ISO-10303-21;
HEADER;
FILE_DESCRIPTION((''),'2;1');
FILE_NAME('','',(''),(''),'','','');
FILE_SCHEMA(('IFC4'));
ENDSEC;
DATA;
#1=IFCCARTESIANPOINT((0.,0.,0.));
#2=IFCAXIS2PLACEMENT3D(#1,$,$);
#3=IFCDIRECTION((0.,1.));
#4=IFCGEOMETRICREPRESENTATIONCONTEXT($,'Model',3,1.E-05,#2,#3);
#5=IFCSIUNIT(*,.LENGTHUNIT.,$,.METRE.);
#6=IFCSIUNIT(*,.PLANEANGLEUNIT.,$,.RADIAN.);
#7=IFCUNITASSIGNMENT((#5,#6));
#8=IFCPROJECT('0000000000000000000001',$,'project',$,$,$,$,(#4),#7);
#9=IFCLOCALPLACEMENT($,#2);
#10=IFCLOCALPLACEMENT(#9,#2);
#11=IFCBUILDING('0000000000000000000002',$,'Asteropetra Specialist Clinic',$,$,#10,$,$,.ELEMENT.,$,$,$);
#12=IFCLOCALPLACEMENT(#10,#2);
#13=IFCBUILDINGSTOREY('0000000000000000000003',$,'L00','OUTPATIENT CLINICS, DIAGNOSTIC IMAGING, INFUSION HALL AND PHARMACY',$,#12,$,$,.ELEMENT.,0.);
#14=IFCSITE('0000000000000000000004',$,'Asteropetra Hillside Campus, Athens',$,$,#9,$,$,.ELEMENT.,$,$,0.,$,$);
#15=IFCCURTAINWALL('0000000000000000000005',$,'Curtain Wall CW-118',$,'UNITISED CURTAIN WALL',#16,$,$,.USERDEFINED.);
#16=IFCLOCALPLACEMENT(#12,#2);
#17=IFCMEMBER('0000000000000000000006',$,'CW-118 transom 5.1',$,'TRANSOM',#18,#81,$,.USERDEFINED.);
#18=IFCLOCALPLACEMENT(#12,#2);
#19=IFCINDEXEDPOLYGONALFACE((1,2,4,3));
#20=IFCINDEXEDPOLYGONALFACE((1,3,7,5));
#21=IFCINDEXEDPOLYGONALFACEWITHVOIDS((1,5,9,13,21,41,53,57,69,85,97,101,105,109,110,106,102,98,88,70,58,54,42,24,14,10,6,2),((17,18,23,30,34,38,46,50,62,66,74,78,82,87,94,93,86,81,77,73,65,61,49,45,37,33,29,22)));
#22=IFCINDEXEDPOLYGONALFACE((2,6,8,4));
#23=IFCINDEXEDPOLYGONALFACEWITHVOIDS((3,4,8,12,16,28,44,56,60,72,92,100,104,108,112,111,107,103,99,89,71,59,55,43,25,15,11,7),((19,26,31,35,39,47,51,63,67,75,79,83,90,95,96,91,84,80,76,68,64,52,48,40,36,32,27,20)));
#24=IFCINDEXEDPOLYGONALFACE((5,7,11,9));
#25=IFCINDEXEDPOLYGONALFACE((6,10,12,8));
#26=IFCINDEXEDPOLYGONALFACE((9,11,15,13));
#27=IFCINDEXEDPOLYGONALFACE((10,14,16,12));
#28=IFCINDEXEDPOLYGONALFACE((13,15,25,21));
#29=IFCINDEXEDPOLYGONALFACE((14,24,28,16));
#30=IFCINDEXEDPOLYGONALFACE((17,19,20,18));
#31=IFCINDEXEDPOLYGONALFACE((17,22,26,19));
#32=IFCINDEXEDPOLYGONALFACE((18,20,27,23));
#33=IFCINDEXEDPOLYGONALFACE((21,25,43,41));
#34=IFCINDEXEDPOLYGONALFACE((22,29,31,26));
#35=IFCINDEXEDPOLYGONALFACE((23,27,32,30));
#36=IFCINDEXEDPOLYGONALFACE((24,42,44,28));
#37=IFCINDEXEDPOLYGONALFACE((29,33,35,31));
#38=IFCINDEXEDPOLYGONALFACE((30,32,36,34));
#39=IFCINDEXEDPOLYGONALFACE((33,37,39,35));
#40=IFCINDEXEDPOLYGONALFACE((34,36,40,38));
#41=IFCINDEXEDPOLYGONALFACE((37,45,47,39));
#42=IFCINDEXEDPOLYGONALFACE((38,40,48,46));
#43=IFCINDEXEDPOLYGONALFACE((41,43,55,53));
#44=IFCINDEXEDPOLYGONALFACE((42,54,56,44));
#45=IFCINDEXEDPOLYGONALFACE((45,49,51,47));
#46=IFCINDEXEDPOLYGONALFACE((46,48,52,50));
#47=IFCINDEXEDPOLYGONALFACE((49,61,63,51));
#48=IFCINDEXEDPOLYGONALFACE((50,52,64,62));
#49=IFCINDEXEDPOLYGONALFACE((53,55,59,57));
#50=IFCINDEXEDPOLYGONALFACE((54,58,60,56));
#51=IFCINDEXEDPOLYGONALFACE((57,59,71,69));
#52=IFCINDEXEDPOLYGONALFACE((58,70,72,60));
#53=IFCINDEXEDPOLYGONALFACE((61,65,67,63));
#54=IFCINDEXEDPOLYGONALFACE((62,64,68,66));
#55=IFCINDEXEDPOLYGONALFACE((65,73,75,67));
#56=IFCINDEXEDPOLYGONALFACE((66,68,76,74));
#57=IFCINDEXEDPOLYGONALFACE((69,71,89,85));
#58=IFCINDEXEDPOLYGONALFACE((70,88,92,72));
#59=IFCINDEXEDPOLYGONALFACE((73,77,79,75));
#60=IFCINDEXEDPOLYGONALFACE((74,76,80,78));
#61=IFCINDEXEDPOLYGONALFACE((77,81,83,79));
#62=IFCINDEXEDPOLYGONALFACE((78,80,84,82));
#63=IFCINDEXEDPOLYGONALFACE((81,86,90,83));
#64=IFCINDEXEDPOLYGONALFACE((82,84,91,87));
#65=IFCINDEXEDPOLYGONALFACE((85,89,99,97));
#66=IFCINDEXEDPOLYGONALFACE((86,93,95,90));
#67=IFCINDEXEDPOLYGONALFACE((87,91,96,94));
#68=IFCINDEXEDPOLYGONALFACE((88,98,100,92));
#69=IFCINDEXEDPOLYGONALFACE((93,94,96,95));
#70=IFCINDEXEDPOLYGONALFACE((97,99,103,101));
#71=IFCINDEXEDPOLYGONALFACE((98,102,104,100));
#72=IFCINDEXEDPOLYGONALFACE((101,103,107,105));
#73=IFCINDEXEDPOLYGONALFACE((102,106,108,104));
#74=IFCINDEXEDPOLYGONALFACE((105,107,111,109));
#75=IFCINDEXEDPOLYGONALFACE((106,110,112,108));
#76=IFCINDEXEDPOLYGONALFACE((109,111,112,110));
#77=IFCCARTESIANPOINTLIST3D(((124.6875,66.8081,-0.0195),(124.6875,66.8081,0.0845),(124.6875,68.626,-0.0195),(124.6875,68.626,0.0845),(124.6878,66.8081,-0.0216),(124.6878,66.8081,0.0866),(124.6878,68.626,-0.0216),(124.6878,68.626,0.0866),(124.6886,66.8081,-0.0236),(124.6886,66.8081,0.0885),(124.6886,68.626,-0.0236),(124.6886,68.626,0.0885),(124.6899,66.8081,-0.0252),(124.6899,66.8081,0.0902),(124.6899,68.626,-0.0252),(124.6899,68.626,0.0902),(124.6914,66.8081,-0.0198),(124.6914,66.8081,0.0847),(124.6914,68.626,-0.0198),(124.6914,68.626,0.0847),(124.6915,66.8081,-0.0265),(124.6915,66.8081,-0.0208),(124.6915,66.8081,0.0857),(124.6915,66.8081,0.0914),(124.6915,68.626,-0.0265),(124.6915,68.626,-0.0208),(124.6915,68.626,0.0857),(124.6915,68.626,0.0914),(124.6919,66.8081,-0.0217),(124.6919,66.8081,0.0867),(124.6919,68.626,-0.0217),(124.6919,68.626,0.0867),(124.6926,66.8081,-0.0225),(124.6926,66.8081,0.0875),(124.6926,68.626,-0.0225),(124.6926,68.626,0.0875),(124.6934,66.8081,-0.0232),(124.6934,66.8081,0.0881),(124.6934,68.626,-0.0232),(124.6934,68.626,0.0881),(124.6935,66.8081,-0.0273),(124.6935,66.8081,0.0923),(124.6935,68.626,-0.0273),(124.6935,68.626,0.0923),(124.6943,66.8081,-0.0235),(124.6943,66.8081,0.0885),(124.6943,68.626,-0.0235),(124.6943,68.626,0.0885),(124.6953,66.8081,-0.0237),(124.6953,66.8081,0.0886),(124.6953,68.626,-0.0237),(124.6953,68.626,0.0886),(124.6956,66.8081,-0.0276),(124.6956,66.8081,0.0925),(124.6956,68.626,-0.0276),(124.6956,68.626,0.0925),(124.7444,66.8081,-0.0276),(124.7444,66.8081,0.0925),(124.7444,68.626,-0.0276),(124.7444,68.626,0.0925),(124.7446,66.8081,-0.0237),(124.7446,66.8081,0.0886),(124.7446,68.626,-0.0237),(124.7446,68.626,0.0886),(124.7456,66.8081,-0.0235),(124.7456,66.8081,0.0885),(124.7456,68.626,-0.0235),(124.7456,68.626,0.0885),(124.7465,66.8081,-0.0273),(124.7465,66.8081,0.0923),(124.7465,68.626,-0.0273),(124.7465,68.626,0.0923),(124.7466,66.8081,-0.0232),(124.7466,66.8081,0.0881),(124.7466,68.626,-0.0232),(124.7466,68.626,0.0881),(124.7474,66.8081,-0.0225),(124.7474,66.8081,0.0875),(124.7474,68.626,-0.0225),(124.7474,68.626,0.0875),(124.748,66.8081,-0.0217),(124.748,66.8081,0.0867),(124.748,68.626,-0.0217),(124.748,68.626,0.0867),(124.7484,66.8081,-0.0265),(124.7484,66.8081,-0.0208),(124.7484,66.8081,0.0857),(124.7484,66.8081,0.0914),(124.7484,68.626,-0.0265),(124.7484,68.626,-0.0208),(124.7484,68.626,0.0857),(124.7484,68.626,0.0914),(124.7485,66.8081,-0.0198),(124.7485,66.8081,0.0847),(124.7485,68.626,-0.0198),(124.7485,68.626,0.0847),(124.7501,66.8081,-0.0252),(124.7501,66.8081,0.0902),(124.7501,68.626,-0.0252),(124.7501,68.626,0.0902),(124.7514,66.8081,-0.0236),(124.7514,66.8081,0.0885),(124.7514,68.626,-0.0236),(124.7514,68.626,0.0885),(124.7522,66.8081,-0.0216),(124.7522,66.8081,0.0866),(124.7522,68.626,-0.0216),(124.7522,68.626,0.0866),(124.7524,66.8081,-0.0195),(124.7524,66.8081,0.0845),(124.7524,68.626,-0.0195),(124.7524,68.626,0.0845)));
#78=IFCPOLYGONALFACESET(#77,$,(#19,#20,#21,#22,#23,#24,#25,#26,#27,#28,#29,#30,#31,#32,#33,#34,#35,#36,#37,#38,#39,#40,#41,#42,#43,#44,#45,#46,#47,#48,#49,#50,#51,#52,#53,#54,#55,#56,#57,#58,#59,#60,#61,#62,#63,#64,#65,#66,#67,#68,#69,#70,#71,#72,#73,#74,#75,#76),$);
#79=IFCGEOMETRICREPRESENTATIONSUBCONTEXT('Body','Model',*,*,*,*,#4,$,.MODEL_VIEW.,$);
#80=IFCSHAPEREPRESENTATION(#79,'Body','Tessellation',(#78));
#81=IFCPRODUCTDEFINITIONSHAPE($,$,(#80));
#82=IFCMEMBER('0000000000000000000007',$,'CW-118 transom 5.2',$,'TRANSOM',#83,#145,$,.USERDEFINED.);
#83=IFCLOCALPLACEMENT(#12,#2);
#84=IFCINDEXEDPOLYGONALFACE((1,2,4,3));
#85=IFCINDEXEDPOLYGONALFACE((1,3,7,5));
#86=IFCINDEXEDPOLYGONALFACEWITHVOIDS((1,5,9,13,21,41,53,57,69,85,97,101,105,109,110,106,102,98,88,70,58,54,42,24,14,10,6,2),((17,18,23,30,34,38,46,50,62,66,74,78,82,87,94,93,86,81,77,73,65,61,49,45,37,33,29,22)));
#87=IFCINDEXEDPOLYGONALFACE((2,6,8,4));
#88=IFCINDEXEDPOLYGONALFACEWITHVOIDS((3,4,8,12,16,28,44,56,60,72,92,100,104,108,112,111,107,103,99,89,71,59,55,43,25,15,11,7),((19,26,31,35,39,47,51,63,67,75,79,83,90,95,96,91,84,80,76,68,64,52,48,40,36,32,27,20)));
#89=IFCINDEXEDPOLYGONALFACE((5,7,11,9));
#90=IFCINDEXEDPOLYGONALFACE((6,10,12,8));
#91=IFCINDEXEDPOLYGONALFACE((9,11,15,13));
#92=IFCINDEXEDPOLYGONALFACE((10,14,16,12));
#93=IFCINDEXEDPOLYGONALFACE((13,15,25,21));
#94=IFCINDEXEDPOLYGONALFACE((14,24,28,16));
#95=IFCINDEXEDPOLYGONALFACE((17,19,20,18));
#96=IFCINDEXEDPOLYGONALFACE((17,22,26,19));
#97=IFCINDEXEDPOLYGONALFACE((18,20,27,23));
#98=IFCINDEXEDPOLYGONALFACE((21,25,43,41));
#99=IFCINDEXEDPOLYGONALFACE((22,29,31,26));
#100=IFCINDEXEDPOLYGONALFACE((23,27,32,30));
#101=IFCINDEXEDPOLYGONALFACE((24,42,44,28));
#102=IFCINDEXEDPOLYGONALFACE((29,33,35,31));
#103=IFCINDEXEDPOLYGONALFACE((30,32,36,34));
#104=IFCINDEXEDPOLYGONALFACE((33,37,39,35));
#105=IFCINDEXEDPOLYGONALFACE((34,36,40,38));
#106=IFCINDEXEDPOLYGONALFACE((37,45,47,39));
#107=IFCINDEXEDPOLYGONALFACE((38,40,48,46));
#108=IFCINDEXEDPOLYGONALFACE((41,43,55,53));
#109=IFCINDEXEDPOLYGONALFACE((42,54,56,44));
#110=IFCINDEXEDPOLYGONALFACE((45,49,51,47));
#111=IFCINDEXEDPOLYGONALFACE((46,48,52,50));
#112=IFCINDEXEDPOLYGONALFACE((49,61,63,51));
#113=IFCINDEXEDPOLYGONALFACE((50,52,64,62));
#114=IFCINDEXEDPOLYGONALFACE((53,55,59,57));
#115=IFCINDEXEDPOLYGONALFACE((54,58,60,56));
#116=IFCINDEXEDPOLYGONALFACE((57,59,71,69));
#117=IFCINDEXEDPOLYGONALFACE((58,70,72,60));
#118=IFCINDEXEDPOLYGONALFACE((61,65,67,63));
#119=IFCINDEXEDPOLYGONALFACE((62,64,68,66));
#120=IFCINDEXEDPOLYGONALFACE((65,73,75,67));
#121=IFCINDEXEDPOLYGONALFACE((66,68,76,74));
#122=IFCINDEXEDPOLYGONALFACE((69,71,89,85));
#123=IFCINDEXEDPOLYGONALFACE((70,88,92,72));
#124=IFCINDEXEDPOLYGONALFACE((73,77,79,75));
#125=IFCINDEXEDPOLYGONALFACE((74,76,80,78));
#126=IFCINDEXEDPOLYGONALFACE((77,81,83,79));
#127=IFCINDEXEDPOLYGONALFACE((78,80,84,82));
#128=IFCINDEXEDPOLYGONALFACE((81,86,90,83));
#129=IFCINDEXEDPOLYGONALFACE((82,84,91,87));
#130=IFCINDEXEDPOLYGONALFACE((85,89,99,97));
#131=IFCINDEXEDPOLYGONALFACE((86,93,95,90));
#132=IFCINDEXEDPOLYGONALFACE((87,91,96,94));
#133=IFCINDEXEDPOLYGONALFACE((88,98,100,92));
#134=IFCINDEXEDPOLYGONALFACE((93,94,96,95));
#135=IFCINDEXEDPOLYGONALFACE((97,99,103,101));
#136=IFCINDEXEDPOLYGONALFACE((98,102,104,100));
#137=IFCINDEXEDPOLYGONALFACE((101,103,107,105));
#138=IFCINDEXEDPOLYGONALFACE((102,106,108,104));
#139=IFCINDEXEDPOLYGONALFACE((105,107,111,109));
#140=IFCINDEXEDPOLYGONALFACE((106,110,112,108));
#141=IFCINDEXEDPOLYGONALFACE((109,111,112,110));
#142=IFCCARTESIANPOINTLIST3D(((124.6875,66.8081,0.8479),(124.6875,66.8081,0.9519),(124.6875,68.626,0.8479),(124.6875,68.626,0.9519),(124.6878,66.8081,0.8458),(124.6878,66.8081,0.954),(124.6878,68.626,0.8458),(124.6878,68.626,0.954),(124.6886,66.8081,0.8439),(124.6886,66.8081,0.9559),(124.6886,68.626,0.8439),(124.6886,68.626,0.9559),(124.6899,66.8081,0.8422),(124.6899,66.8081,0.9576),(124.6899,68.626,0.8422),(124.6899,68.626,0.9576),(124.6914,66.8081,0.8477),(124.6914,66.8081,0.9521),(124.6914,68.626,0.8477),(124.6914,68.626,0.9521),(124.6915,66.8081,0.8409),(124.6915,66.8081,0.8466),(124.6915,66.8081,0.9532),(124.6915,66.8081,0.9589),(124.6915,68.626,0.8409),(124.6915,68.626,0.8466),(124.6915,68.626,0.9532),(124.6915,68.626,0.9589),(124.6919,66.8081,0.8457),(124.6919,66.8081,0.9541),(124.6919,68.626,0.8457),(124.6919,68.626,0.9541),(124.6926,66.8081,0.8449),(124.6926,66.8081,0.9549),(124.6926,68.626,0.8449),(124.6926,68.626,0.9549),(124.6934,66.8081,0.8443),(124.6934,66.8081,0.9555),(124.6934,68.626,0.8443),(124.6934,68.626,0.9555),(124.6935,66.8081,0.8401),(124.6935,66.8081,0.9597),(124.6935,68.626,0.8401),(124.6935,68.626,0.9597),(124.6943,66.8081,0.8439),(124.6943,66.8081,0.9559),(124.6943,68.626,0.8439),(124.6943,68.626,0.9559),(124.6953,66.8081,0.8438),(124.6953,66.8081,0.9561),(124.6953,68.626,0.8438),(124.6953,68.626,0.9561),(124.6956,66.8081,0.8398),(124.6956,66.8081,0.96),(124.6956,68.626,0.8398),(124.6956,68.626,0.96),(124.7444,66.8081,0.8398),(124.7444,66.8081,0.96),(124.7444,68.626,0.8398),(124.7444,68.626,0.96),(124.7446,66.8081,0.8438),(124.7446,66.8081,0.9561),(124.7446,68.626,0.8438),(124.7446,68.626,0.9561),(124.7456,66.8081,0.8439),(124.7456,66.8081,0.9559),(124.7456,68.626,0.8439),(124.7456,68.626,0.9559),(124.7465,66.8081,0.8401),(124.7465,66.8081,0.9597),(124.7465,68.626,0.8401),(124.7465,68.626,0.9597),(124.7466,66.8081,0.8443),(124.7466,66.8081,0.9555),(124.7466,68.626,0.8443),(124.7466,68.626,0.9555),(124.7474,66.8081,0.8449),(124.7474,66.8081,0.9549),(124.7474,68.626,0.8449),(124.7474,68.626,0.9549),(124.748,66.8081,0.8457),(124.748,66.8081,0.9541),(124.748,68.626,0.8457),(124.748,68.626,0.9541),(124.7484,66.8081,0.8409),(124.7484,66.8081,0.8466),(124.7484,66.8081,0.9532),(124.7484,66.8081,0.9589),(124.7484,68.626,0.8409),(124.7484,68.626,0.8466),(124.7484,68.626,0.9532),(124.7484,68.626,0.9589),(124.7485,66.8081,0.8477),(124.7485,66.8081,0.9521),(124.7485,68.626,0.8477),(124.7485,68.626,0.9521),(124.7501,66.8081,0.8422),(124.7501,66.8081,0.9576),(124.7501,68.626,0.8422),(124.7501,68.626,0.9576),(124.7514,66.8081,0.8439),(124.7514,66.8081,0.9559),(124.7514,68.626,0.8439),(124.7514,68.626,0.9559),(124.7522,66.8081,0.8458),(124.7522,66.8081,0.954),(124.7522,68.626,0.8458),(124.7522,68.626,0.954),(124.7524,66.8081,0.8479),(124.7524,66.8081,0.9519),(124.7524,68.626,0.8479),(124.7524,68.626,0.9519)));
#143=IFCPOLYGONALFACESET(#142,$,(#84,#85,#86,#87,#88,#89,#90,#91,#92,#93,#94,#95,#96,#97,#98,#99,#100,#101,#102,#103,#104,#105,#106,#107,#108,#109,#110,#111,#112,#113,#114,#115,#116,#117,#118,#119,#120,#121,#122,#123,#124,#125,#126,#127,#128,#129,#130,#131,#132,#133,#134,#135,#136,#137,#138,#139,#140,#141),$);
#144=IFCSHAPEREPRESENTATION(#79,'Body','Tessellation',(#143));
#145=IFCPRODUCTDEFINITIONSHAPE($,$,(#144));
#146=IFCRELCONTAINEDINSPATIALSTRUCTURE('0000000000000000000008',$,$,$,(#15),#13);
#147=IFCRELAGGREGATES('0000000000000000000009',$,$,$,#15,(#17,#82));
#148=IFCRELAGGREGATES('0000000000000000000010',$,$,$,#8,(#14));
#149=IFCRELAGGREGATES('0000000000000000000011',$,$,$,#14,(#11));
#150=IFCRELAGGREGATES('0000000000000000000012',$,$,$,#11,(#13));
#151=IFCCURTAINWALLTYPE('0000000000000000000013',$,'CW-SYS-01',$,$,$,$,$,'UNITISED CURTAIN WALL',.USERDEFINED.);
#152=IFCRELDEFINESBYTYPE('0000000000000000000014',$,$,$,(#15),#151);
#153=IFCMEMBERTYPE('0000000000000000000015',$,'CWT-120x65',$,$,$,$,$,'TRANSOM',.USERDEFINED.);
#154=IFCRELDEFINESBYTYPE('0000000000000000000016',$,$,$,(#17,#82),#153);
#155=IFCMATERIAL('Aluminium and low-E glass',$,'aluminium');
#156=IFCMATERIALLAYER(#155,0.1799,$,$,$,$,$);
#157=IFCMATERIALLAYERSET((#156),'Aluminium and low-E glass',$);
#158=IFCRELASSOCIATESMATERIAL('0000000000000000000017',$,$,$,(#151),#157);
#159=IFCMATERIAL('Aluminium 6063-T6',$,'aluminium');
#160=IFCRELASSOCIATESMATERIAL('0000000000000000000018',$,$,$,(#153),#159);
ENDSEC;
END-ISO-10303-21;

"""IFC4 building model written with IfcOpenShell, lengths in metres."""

from ifc_helpers import new_model, si_unit, direction, frame, origin, origin_2d, place, context, subcontext, project, spatial, hollow_rectangle, extrude, material, layer, layer_set, material_profile, profile_set, type_object, element, aggregate, save


model = new_model("IFC4")

# Units and contexts
model_context = context("Model", 3, precision=1e-05, world=origin(), true_north=direction((0.0, 1.0)))
body_context = subcontext(model_context, "Body", "Model", "MODEL_VIEW")
ifc_project = project(units=[si_unit("LENGTHUNIT", "METRE"), si_unit("PLANEANGLEUNIT", "RADIAN")], contexts=[model_context])

# Site, building, storey
site_placement = place(None, origin())
site = spatial("IfcSite", under=ifc_project, at=site_placement, Name="Asteropetra Hillside Campus, Athens", CompositionType="ELEMENT", RefElevation=0.0)
building_placement = place(site_placement, origin())
building = spatial("IfcBuilding", under=site, at=building_placement, Name="Asteropetra Specialist Clinic", CompositionType="ELEMENT")
storey_placement = place(building_placement, origin())
storey = spatial("IfcBuildingStorey", under=building, at=storey_placement, Name="L00", Description="OUTPATIENT CLINICS, DIAGNOSTIC IMAGING, INFUSION HALL AND PHARMACY", CompositionType="ELEMENT", Elevation=0.0)

# Curtain wall, members
ifc_material_1 = material(Name="Aluminium and low-E glass", Category="aluminium")
ifc_layer_1 = layer(ifc_material_1, 0.1799)
ifc_layer_set_1 = layer_set([ifc_layer_1], Name="Aluminium and low-E glass")
curtain_wall_type_1 = type_object("IfcCurtainWallType", Name="CW-SYS-01", ElementType="UNITISED CURTAIN WALL", PredefinedType="USERDEFINED", material=ifc_layer_set_1)
curtain_wall_1_placement = place(storey_placement, origin())
curtain_wall_1 = element("IfcCurtainWall", 1, at=curtain_wall_1_placement, inside=storey, type_object=curtain_wall_type_1, Name="Curtain Wall CW-118", ObjectType="UNITISED CURTAIN WALL", PredefinedType="USERDEFINED")
ifc_material_2 = material(Name="Aluminium 6063-T6", Category="aluminium")
ifc_material_profile_1 = material_profile(ifc_material_2, hollow_rectangle(XDim=0.0649, YDim=0.1201, WallThickness=0.0039, InnerFilletRadius=0.0039, OuterFilletRadius=0.0081, at=origin_2d()), Name="TRN 120x65x4.0")
ifc_profile_set_1 = profile_set([ifc_material_profile_1], Name="Aluminium 6063-T6")
member_type_1 = type_object("IfcMemberType", Name="CWT-120x65", ElementType="TRANSOM", PredefinedType="USERDEFINED", material=ifc_profile_set_1)
member_1_placement = place(storey_placement, frame((124.72, 68.626, 0.0325), z_axis=(0.0, -1.0, 0.0), x_axis=(1.0, 0.0, 0.0)))
member_1 = element("IfcMember", 2, at=member_1_placement, type_object=member_type_1, Name="CW-118 transom 5.1", ObjectType="TRANSOM", PredefinedType="USERDEFINED", context=body_context, shape_type="SweptSolid", body=[
    extrude(hollow_rectangle(XDim=0.0649, YDim=0.1201, WallThickness=0.0039, InnerFilletRadius=0.0039, OuterFilletRadius=0.0081, at=origin_2d()), origin(), (0.0, 0.0, 1.0), 1.8179),
])
member_2_placement = place(storey_placement, frame((124.72, 68.626, 0.8999), z_axis=(0.0, -1.0, 0.0), x_axis=(1.0, 0.0, 0.0)))
member_2 = element("IfcMember", 3, at=member_2_placement, type_object=member_type_1, Name="CW-118 transom 5.2", ObjectType="TRANSOM", PredefinedType="USERDEFINED", context=body_context, shape_type="SweptSolid", body=[
    extrude(hollow_rectangle(XDim=0.0649, YDim=0.1201, WallThickness=0.0039, InnerFilletRadius=0.0039, OuterFilletRadius=0.0081, at=origin_2d()), origin(), (0.0, 0.0, 1.0), 1.8179),
])

aggregate(curtain_wall_1, [member_1, member_2])

save(model, "model.ifc")
